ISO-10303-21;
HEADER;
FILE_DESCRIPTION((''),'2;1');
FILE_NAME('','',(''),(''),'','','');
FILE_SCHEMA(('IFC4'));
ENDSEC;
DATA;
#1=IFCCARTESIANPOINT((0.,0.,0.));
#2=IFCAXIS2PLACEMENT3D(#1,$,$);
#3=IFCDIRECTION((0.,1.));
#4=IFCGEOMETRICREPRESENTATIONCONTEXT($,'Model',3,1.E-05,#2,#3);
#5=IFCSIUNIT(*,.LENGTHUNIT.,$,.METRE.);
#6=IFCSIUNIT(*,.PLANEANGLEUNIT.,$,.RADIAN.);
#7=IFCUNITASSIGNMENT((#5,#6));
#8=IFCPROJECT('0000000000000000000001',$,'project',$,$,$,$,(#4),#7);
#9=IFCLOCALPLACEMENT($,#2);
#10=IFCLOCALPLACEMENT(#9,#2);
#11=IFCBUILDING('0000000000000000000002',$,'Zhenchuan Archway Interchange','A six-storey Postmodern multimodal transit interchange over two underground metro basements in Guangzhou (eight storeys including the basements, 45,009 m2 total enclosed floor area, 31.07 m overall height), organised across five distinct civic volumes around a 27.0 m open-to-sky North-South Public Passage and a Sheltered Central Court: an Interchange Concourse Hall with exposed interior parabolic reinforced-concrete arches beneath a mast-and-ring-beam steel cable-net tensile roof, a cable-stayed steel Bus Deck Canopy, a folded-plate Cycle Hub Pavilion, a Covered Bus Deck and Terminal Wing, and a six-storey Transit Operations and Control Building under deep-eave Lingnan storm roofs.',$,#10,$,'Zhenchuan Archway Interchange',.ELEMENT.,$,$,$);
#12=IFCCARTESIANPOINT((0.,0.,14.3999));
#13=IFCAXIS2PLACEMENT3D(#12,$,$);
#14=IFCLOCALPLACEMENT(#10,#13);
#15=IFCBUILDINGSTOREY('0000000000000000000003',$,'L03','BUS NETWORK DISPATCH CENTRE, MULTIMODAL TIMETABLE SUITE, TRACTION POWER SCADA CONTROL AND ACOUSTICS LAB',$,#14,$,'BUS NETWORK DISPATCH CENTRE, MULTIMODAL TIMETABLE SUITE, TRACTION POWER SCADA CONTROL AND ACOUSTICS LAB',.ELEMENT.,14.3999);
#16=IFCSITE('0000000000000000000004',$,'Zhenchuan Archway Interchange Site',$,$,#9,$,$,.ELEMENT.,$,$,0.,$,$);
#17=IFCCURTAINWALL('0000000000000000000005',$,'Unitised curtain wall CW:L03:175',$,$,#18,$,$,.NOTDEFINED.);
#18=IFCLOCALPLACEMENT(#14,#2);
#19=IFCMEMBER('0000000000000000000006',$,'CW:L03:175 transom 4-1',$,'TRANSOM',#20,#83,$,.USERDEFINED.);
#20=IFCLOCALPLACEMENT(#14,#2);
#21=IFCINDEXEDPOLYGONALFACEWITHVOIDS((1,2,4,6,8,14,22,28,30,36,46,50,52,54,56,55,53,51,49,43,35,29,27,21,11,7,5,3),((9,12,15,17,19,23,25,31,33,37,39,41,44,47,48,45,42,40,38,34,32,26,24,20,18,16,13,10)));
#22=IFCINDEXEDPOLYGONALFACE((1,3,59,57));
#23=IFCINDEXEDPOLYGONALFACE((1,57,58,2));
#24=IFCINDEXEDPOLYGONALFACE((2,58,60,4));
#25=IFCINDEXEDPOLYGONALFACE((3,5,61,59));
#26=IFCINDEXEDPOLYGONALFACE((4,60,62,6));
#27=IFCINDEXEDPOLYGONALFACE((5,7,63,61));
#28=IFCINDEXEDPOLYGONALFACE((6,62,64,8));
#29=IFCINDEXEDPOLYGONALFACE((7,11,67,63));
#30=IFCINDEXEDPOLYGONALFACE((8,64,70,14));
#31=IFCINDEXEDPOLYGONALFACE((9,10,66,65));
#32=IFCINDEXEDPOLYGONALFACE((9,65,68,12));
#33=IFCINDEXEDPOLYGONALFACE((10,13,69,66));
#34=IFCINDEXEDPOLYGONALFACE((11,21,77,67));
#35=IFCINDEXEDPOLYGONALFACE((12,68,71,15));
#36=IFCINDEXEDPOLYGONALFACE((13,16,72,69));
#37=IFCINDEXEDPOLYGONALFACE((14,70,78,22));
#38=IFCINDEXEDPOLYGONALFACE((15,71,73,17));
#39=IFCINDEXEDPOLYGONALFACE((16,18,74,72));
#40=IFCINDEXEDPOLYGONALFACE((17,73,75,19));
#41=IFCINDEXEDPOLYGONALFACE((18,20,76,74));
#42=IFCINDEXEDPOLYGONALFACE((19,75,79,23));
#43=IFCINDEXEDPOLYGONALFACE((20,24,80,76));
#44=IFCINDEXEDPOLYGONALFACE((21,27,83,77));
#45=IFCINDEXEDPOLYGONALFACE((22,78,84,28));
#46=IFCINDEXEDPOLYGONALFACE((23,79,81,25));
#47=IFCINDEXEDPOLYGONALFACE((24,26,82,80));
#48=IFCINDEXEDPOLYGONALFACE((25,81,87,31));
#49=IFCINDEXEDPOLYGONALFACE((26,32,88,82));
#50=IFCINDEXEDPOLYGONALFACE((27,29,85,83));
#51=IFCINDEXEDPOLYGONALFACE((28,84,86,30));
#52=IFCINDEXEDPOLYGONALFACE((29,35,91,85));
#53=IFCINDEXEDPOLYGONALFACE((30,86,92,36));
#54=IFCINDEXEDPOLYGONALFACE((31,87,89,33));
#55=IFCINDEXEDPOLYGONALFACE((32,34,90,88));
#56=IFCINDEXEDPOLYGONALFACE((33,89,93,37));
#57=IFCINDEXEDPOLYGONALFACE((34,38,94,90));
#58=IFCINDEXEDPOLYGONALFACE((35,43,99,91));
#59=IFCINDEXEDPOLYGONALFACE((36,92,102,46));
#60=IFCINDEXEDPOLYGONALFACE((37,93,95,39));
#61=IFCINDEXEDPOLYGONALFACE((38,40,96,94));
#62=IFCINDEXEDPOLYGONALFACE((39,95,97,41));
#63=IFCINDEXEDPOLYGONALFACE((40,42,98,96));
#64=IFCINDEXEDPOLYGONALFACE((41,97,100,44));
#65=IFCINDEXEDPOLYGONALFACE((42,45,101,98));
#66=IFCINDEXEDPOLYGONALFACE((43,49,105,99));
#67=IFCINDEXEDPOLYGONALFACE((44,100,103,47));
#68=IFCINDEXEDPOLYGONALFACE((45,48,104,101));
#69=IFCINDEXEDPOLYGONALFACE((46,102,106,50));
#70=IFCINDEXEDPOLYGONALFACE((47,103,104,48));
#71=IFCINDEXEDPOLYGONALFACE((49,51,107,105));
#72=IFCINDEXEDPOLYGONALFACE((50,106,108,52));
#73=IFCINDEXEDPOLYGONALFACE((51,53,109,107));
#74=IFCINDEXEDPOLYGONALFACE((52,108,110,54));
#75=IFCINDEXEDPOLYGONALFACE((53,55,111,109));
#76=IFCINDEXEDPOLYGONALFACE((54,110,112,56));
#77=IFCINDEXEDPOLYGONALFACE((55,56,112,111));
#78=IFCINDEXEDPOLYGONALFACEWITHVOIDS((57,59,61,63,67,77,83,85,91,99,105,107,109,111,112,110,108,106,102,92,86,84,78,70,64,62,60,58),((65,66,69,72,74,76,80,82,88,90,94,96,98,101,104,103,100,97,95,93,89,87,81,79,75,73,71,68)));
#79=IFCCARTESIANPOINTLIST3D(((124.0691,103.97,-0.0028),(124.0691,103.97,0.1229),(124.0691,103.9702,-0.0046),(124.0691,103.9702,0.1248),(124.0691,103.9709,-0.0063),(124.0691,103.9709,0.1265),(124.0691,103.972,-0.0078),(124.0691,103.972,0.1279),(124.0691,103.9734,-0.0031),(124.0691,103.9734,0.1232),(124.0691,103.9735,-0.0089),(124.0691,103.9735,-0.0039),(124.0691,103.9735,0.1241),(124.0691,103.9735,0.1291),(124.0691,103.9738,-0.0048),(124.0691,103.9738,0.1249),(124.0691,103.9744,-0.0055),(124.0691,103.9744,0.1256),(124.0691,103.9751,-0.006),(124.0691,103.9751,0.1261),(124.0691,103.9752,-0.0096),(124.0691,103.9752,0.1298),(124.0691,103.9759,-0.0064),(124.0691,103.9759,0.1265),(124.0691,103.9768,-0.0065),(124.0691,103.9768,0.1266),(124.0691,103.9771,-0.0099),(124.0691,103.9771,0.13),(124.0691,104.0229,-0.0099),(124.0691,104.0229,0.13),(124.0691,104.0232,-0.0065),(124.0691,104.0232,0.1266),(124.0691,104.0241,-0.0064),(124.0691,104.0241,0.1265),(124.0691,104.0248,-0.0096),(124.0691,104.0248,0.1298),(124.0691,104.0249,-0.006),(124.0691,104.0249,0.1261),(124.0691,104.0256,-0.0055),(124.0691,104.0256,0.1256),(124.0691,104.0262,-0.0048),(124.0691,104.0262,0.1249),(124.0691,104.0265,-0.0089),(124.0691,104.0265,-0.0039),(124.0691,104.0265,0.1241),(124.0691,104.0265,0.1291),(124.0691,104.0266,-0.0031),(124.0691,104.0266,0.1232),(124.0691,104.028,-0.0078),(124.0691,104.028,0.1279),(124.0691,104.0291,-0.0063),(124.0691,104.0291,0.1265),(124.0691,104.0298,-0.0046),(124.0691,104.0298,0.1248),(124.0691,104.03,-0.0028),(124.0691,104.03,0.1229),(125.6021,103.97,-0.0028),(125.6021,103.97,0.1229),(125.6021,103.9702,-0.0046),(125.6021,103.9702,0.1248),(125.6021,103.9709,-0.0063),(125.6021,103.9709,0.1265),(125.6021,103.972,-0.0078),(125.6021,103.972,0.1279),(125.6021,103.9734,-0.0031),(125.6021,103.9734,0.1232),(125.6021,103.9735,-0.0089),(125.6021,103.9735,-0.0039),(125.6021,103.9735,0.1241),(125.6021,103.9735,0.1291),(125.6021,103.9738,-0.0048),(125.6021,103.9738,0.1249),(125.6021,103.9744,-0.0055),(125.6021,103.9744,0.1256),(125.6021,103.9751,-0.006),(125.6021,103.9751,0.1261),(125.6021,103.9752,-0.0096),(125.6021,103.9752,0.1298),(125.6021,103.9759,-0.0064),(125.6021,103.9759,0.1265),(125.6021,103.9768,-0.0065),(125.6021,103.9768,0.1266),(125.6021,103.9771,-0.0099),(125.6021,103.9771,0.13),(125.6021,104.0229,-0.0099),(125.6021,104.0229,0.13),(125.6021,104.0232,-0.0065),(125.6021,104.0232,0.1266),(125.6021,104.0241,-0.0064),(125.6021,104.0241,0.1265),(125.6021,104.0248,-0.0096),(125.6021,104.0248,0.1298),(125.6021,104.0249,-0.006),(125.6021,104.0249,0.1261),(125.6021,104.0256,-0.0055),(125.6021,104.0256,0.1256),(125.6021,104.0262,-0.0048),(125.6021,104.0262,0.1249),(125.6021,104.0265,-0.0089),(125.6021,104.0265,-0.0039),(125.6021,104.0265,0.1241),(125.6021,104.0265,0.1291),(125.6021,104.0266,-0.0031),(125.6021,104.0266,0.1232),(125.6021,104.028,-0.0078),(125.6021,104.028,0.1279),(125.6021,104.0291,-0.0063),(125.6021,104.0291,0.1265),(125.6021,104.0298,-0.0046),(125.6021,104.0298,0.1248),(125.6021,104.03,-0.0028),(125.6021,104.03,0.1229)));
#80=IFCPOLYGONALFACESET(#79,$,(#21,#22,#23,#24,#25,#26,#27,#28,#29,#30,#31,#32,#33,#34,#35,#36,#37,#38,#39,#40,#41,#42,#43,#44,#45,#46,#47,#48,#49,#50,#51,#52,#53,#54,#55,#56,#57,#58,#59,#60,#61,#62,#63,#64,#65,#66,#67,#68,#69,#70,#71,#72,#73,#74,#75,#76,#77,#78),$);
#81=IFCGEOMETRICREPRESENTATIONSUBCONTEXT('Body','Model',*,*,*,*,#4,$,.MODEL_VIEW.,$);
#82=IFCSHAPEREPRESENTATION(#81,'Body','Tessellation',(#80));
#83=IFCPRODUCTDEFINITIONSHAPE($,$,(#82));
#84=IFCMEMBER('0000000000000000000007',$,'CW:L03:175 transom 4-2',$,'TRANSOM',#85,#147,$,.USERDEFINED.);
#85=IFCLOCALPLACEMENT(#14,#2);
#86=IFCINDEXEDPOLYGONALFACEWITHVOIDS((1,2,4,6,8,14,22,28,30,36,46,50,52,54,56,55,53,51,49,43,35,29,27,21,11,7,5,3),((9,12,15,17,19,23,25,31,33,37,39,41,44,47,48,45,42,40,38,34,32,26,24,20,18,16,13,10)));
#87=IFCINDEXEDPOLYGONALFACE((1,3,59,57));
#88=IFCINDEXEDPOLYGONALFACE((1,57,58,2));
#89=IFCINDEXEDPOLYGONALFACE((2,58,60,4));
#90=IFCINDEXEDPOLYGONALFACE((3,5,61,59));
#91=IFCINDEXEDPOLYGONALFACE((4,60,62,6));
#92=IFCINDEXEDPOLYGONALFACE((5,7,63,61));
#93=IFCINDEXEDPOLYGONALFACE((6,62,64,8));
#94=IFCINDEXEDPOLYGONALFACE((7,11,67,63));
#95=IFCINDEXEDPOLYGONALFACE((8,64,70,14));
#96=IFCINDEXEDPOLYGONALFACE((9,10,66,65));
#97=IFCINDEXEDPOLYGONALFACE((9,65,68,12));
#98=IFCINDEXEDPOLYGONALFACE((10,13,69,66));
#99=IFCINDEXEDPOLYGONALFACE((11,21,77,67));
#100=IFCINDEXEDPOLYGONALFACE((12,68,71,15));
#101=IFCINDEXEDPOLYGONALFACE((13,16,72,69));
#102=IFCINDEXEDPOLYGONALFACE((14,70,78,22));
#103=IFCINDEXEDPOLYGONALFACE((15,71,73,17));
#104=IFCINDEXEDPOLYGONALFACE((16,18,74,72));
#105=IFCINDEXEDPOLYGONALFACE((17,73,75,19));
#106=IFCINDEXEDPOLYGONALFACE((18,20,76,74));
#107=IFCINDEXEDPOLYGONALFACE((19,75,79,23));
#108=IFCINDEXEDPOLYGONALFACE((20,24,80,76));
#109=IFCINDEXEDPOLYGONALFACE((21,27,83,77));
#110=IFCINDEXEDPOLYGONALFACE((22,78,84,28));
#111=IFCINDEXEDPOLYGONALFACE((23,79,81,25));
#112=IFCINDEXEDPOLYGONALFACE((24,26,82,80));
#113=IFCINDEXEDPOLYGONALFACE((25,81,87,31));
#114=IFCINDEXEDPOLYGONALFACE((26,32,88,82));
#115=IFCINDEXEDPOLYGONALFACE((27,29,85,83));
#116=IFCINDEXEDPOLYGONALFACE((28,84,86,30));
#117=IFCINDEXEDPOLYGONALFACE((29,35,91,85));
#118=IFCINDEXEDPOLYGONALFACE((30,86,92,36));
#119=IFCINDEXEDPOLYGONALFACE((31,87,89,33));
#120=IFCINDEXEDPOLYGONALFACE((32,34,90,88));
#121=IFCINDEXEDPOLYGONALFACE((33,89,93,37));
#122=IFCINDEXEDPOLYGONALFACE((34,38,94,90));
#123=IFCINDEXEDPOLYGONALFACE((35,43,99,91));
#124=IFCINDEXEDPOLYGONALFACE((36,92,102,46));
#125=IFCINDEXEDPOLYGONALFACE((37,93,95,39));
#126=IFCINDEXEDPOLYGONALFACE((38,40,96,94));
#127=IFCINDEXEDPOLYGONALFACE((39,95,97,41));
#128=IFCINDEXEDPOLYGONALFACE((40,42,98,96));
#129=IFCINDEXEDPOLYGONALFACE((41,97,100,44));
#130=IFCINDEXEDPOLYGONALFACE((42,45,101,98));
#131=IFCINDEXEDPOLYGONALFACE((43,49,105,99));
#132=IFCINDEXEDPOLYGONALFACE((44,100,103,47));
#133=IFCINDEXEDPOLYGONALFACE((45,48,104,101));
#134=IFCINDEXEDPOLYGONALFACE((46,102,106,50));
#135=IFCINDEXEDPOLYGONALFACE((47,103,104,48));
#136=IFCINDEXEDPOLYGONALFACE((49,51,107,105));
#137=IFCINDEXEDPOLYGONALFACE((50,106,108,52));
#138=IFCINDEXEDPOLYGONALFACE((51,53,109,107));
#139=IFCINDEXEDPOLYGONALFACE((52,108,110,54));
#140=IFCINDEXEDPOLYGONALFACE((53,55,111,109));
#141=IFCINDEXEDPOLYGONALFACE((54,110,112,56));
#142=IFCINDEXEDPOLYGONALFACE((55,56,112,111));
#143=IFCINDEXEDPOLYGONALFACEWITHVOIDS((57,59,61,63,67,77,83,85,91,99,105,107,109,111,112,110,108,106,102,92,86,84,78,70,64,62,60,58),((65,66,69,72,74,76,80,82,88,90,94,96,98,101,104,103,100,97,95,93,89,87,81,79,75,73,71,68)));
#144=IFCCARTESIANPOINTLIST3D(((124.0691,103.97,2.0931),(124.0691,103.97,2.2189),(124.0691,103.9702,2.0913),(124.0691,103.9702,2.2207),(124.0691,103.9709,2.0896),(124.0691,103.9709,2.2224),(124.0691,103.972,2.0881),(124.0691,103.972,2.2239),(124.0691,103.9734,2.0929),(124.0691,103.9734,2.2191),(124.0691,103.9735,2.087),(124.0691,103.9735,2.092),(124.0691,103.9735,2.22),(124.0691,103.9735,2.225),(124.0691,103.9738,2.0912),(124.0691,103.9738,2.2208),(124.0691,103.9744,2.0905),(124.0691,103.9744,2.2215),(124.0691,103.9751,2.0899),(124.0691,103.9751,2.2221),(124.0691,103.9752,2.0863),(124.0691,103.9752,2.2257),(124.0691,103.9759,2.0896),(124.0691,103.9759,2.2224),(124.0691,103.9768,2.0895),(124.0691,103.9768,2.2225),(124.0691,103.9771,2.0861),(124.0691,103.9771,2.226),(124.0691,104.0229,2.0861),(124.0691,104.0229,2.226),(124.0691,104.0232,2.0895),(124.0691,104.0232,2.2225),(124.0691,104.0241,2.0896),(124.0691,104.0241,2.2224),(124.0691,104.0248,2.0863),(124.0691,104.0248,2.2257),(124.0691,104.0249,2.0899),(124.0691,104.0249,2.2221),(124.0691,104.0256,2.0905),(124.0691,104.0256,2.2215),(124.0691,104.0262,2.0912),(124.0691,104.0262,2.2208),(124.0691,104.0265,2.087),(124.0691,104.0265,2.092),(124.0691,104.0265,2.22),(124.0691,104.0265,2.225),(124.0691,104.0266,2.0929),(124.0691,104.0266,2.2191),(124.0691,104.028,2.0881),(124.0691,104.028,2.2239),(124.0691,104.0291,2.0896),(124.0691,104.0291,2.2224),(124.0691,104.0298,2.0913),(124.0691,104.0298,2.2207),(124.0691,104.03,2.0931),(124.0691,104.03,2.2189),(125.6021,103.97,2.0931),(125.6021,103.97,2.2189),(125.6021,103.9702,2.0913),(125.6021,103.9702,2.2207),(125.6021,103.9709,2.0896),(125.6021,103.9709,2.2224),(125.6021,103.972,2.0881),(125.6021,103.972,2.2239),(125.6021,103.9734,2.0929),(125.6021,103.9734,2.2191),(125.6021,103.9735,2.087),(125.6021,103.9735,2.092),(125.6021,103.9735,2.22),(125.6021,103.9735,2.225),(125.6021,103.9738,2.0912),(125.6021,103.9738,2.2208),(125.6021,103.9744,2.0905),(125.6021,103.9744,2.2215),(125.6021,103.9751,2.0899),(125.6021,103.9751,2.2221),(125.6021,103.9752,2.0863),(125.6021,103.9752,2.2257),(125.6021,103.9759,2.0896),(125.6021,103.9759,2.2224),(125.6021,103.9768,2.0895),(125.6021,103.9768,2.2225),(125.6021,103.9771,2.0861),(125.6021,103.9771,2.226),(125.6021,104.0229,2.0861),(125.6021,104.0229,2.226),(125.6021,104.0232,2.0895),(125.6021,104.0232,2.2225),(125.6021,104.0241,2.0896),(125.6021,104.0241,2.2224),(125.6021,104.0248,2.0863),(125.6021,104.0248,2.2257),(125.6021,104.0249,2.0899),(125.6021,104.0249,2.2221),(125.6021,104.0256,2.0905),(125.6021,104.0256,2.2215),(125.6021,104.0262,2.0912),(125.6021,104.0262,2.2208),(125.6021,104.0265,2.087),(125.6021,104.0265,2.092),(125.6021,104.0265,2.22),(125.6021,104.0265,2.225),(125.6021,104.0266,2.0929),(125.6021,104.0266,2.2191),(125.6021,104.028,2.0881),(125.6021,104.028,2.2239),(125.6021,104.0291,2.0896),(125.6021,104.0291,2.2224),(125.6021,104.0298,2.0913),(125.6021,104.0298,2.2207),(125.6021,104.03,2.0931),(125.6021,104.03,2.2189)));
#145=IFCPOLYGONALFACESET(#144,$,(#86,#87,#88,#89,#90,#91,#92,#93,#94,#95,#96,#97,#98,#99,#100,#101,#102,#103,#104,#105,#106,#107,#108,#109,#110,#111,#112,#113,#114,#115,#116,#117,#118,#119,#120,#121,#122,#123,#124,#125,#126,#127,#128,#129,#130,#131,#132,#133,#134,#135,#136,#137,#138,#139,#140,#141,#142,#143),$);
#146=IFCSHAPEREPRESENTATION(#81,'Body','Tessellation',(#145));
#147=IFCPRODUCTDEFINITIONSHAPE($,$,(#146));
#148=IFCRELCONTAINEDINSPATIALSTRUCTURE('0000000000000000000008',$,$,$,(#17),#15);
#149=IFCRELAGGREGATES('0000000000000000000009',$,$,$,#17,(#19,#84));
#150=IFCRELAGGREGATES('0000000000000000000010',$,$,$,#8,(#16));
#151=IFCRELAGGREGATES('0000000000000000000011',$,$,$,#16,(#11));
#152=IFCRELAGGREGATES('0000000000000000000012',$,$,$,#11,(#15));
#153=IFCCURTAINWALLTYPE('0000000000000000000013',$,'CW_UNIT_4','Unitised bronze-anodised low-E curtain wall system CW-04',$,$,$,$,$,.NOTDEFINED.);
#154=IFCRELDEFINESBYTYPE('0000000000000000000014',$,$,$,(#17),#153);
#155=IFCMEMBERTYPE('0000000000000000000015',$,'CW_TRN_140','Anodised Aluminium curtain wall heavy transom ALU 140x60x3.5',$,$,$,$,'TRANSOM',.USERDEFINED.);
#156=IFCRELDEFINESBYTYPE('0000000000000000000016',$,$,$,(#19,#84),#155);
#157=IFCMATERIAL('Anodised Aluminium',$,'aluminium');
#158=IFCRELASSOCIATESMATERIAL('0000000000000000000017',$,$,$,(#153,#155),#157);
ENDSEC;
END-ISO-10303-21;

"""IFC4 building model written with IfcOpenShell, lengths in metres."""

from ifc_helpers import new_model, si_unit, direction, frame, origin, origin_2d, place, context, subcontext, project, spatial, hollow_rectangle, extrude, material, material_profile, profile_set, type_object, element, aggregate, save


model = new_model("IFC4")

# Units and contexts
model_context = context("Model", 3, precision=1e-05, world=origin(), true_north=direction((0.0, 1.0)))
body_context = subcontext(model_context, "Body", "Model", "MODEL_VIEW")
ifc_project = project(units=[si_unit("LENGTHUNIT", "METRE"), si_unit("PLANEANGLEUNIT", "RADIAN")], contexts=[model_context])

# Site, building, storey
site_placement = place(None, origin())
site = spatial("IfcSite", under=ifc_project, at=site_placement, Name="Zhenchuan Archway Interchange Site", CompositionType="ELEMENT", RefElevation=0.0)
building_placement = place(site_placement, origin())
building = spatial("IfcBuilding", under=site, at=building_placement, Name="Zhenchuan Archway Interchange", Description="A six-storey Postmodern multimodal transit interchange over two underground metro basements in Guangzhou (eight storeys including the basements, 45,009 m2 total enclosed floor area, 31.07 m overall height), organised across five distinct civic volumes around a 27.0 m open-to-sky North-South Public Passage and a Sheltered Central Court: an Interchange Concourse Hall with exposed interior parabolic reinforced-concrete arches beneath a mast-and-ring-beam steel cable-net tensile roof, a cable-stayed steel Bus Deck Canopy, a folded-plate Cycle Hub Pavilion, a Covered Bus Deck and Terminal Wing, and a six-storey Transit Operations and Control Building under deep-eave Lingnan storm roofs.", LongName="Zhenchuan Archway Interchange", CompositionType="ELEMENT")
storey_placement = place(building_placement, frame((0.0, 0.0, 14.3999)))
storey = spatial("IfcBuildingStorey", under=building, at=storey_placement, Name="L03", Description="BUS NETWORK DISPATCH CENTRE, MULTIMODAL TIMETABLE SUITE, TRACTION POWER SCADA CONTROL AND ACOUSTICS LAB", LongName="BUS NETWORK DISPATCH CENTRE, MULTIMODAL TIMETABLE SUITE, TRACTION POWER SCADA CONTROL AND ACOUSTICS LAB", CompositionType="ELEMENT", Elevation=14.3999)

# Curtain wall
ifc_material_1 = material(Name="Anodised Aluminium", Category="aluminium")
curtain_wall_type_1 = type_object("IfcCurtainWallType", Name="CW_UNIT_4", Description="Unitised bronze-anodised low-E curtain wall system CW-04", PredefinedType="NOTDEFINED", material=ifc_material_1)
curtain_wall_1_placement = place(storey_placement, origin())
curtain_wall_1 = element("IfcCurtainWall", 1, at=curtain_wall_1_placement, inside=storey, type_object=curtain_wall_type_1, Name="Unitised curtain wall CW:L03:175", PredefinedType="NOTDEFINED")

# Members
ifc_material_profile_1 = material_profile(ifc_material_1, hollow_rectangle(XDim=0.0601, YDim=0.1399, WallThickness=0.0034, InnerFilletRadius=0.0034, OuterFilletRadius=0.0071, at=origin_2d()), Name="ALU 140x60x3.5")
ifc_profile_set_1 = profile_set([ifc_material_profile_1], Name="Anodised Aluminium")
member_type_1 = type_object("IfcMemberType", Name="CW_TRN_140", Description="Anodised Aluminium curtain wall heavy transom ALU 140x60x3.5", ElementType="TRANSOM", PredefinedType="USERDEFINED", material=ifc_profile_set_1)
member_1_placement = place(storey_placement, frame((124.0691, 104.0, 0.0601), z_axis=(1.0, 0.0, 0.0), x_axis=(0.0, 1.0, 0.0)))
member_1 = element("IfcMember", 2, at=member_1_placement, type_object=member_type_1, Name="CW:L03:175 transom 4-1", ObjectType="TRANSOM", PredefinedType="USERDEFINED", context=body_context, shape_type="SweptSolid", body=[
    extrude(hollow_rectangle(XDim=0.0601, YDim=0.1399, WallThickness=0.0034, InnerFilletRadius=0.0034, OuterFilletRadius=0.0071, at=origin_2d()), origin(), (0.0, 0.0, 1.0), 1.533),
])
member_2_placement = place(storey_placement, frame((124.0691, 104.0, 2.156), z_axis=(1.0, 0.0, 0.0), x_axis=(0.0, 1.0, 0.0)))
member_2 = element("IfcMember", 3, at=member_2_placement, type_object=member_type_1, Name="CW:L03:175 transom 4-2", ObjectType="TRANSOM", PredefinedType="USERDEFINED", context=body_context, shape_type="SweptSolid", body=[
    extrude(hollow_rectangle(XDim=0.0601, YDim=0.1399, WallThickness=0.0034, InnerFilletRadius=0.0034, OuterFilletRadius=0.0071, at=origin_2d()), origin(), (0.0, 0.0, 1.0), 1.533),
])

aggregate(curtain_wall_1, [member_1, member_2])

save(model, "model.ifc")
